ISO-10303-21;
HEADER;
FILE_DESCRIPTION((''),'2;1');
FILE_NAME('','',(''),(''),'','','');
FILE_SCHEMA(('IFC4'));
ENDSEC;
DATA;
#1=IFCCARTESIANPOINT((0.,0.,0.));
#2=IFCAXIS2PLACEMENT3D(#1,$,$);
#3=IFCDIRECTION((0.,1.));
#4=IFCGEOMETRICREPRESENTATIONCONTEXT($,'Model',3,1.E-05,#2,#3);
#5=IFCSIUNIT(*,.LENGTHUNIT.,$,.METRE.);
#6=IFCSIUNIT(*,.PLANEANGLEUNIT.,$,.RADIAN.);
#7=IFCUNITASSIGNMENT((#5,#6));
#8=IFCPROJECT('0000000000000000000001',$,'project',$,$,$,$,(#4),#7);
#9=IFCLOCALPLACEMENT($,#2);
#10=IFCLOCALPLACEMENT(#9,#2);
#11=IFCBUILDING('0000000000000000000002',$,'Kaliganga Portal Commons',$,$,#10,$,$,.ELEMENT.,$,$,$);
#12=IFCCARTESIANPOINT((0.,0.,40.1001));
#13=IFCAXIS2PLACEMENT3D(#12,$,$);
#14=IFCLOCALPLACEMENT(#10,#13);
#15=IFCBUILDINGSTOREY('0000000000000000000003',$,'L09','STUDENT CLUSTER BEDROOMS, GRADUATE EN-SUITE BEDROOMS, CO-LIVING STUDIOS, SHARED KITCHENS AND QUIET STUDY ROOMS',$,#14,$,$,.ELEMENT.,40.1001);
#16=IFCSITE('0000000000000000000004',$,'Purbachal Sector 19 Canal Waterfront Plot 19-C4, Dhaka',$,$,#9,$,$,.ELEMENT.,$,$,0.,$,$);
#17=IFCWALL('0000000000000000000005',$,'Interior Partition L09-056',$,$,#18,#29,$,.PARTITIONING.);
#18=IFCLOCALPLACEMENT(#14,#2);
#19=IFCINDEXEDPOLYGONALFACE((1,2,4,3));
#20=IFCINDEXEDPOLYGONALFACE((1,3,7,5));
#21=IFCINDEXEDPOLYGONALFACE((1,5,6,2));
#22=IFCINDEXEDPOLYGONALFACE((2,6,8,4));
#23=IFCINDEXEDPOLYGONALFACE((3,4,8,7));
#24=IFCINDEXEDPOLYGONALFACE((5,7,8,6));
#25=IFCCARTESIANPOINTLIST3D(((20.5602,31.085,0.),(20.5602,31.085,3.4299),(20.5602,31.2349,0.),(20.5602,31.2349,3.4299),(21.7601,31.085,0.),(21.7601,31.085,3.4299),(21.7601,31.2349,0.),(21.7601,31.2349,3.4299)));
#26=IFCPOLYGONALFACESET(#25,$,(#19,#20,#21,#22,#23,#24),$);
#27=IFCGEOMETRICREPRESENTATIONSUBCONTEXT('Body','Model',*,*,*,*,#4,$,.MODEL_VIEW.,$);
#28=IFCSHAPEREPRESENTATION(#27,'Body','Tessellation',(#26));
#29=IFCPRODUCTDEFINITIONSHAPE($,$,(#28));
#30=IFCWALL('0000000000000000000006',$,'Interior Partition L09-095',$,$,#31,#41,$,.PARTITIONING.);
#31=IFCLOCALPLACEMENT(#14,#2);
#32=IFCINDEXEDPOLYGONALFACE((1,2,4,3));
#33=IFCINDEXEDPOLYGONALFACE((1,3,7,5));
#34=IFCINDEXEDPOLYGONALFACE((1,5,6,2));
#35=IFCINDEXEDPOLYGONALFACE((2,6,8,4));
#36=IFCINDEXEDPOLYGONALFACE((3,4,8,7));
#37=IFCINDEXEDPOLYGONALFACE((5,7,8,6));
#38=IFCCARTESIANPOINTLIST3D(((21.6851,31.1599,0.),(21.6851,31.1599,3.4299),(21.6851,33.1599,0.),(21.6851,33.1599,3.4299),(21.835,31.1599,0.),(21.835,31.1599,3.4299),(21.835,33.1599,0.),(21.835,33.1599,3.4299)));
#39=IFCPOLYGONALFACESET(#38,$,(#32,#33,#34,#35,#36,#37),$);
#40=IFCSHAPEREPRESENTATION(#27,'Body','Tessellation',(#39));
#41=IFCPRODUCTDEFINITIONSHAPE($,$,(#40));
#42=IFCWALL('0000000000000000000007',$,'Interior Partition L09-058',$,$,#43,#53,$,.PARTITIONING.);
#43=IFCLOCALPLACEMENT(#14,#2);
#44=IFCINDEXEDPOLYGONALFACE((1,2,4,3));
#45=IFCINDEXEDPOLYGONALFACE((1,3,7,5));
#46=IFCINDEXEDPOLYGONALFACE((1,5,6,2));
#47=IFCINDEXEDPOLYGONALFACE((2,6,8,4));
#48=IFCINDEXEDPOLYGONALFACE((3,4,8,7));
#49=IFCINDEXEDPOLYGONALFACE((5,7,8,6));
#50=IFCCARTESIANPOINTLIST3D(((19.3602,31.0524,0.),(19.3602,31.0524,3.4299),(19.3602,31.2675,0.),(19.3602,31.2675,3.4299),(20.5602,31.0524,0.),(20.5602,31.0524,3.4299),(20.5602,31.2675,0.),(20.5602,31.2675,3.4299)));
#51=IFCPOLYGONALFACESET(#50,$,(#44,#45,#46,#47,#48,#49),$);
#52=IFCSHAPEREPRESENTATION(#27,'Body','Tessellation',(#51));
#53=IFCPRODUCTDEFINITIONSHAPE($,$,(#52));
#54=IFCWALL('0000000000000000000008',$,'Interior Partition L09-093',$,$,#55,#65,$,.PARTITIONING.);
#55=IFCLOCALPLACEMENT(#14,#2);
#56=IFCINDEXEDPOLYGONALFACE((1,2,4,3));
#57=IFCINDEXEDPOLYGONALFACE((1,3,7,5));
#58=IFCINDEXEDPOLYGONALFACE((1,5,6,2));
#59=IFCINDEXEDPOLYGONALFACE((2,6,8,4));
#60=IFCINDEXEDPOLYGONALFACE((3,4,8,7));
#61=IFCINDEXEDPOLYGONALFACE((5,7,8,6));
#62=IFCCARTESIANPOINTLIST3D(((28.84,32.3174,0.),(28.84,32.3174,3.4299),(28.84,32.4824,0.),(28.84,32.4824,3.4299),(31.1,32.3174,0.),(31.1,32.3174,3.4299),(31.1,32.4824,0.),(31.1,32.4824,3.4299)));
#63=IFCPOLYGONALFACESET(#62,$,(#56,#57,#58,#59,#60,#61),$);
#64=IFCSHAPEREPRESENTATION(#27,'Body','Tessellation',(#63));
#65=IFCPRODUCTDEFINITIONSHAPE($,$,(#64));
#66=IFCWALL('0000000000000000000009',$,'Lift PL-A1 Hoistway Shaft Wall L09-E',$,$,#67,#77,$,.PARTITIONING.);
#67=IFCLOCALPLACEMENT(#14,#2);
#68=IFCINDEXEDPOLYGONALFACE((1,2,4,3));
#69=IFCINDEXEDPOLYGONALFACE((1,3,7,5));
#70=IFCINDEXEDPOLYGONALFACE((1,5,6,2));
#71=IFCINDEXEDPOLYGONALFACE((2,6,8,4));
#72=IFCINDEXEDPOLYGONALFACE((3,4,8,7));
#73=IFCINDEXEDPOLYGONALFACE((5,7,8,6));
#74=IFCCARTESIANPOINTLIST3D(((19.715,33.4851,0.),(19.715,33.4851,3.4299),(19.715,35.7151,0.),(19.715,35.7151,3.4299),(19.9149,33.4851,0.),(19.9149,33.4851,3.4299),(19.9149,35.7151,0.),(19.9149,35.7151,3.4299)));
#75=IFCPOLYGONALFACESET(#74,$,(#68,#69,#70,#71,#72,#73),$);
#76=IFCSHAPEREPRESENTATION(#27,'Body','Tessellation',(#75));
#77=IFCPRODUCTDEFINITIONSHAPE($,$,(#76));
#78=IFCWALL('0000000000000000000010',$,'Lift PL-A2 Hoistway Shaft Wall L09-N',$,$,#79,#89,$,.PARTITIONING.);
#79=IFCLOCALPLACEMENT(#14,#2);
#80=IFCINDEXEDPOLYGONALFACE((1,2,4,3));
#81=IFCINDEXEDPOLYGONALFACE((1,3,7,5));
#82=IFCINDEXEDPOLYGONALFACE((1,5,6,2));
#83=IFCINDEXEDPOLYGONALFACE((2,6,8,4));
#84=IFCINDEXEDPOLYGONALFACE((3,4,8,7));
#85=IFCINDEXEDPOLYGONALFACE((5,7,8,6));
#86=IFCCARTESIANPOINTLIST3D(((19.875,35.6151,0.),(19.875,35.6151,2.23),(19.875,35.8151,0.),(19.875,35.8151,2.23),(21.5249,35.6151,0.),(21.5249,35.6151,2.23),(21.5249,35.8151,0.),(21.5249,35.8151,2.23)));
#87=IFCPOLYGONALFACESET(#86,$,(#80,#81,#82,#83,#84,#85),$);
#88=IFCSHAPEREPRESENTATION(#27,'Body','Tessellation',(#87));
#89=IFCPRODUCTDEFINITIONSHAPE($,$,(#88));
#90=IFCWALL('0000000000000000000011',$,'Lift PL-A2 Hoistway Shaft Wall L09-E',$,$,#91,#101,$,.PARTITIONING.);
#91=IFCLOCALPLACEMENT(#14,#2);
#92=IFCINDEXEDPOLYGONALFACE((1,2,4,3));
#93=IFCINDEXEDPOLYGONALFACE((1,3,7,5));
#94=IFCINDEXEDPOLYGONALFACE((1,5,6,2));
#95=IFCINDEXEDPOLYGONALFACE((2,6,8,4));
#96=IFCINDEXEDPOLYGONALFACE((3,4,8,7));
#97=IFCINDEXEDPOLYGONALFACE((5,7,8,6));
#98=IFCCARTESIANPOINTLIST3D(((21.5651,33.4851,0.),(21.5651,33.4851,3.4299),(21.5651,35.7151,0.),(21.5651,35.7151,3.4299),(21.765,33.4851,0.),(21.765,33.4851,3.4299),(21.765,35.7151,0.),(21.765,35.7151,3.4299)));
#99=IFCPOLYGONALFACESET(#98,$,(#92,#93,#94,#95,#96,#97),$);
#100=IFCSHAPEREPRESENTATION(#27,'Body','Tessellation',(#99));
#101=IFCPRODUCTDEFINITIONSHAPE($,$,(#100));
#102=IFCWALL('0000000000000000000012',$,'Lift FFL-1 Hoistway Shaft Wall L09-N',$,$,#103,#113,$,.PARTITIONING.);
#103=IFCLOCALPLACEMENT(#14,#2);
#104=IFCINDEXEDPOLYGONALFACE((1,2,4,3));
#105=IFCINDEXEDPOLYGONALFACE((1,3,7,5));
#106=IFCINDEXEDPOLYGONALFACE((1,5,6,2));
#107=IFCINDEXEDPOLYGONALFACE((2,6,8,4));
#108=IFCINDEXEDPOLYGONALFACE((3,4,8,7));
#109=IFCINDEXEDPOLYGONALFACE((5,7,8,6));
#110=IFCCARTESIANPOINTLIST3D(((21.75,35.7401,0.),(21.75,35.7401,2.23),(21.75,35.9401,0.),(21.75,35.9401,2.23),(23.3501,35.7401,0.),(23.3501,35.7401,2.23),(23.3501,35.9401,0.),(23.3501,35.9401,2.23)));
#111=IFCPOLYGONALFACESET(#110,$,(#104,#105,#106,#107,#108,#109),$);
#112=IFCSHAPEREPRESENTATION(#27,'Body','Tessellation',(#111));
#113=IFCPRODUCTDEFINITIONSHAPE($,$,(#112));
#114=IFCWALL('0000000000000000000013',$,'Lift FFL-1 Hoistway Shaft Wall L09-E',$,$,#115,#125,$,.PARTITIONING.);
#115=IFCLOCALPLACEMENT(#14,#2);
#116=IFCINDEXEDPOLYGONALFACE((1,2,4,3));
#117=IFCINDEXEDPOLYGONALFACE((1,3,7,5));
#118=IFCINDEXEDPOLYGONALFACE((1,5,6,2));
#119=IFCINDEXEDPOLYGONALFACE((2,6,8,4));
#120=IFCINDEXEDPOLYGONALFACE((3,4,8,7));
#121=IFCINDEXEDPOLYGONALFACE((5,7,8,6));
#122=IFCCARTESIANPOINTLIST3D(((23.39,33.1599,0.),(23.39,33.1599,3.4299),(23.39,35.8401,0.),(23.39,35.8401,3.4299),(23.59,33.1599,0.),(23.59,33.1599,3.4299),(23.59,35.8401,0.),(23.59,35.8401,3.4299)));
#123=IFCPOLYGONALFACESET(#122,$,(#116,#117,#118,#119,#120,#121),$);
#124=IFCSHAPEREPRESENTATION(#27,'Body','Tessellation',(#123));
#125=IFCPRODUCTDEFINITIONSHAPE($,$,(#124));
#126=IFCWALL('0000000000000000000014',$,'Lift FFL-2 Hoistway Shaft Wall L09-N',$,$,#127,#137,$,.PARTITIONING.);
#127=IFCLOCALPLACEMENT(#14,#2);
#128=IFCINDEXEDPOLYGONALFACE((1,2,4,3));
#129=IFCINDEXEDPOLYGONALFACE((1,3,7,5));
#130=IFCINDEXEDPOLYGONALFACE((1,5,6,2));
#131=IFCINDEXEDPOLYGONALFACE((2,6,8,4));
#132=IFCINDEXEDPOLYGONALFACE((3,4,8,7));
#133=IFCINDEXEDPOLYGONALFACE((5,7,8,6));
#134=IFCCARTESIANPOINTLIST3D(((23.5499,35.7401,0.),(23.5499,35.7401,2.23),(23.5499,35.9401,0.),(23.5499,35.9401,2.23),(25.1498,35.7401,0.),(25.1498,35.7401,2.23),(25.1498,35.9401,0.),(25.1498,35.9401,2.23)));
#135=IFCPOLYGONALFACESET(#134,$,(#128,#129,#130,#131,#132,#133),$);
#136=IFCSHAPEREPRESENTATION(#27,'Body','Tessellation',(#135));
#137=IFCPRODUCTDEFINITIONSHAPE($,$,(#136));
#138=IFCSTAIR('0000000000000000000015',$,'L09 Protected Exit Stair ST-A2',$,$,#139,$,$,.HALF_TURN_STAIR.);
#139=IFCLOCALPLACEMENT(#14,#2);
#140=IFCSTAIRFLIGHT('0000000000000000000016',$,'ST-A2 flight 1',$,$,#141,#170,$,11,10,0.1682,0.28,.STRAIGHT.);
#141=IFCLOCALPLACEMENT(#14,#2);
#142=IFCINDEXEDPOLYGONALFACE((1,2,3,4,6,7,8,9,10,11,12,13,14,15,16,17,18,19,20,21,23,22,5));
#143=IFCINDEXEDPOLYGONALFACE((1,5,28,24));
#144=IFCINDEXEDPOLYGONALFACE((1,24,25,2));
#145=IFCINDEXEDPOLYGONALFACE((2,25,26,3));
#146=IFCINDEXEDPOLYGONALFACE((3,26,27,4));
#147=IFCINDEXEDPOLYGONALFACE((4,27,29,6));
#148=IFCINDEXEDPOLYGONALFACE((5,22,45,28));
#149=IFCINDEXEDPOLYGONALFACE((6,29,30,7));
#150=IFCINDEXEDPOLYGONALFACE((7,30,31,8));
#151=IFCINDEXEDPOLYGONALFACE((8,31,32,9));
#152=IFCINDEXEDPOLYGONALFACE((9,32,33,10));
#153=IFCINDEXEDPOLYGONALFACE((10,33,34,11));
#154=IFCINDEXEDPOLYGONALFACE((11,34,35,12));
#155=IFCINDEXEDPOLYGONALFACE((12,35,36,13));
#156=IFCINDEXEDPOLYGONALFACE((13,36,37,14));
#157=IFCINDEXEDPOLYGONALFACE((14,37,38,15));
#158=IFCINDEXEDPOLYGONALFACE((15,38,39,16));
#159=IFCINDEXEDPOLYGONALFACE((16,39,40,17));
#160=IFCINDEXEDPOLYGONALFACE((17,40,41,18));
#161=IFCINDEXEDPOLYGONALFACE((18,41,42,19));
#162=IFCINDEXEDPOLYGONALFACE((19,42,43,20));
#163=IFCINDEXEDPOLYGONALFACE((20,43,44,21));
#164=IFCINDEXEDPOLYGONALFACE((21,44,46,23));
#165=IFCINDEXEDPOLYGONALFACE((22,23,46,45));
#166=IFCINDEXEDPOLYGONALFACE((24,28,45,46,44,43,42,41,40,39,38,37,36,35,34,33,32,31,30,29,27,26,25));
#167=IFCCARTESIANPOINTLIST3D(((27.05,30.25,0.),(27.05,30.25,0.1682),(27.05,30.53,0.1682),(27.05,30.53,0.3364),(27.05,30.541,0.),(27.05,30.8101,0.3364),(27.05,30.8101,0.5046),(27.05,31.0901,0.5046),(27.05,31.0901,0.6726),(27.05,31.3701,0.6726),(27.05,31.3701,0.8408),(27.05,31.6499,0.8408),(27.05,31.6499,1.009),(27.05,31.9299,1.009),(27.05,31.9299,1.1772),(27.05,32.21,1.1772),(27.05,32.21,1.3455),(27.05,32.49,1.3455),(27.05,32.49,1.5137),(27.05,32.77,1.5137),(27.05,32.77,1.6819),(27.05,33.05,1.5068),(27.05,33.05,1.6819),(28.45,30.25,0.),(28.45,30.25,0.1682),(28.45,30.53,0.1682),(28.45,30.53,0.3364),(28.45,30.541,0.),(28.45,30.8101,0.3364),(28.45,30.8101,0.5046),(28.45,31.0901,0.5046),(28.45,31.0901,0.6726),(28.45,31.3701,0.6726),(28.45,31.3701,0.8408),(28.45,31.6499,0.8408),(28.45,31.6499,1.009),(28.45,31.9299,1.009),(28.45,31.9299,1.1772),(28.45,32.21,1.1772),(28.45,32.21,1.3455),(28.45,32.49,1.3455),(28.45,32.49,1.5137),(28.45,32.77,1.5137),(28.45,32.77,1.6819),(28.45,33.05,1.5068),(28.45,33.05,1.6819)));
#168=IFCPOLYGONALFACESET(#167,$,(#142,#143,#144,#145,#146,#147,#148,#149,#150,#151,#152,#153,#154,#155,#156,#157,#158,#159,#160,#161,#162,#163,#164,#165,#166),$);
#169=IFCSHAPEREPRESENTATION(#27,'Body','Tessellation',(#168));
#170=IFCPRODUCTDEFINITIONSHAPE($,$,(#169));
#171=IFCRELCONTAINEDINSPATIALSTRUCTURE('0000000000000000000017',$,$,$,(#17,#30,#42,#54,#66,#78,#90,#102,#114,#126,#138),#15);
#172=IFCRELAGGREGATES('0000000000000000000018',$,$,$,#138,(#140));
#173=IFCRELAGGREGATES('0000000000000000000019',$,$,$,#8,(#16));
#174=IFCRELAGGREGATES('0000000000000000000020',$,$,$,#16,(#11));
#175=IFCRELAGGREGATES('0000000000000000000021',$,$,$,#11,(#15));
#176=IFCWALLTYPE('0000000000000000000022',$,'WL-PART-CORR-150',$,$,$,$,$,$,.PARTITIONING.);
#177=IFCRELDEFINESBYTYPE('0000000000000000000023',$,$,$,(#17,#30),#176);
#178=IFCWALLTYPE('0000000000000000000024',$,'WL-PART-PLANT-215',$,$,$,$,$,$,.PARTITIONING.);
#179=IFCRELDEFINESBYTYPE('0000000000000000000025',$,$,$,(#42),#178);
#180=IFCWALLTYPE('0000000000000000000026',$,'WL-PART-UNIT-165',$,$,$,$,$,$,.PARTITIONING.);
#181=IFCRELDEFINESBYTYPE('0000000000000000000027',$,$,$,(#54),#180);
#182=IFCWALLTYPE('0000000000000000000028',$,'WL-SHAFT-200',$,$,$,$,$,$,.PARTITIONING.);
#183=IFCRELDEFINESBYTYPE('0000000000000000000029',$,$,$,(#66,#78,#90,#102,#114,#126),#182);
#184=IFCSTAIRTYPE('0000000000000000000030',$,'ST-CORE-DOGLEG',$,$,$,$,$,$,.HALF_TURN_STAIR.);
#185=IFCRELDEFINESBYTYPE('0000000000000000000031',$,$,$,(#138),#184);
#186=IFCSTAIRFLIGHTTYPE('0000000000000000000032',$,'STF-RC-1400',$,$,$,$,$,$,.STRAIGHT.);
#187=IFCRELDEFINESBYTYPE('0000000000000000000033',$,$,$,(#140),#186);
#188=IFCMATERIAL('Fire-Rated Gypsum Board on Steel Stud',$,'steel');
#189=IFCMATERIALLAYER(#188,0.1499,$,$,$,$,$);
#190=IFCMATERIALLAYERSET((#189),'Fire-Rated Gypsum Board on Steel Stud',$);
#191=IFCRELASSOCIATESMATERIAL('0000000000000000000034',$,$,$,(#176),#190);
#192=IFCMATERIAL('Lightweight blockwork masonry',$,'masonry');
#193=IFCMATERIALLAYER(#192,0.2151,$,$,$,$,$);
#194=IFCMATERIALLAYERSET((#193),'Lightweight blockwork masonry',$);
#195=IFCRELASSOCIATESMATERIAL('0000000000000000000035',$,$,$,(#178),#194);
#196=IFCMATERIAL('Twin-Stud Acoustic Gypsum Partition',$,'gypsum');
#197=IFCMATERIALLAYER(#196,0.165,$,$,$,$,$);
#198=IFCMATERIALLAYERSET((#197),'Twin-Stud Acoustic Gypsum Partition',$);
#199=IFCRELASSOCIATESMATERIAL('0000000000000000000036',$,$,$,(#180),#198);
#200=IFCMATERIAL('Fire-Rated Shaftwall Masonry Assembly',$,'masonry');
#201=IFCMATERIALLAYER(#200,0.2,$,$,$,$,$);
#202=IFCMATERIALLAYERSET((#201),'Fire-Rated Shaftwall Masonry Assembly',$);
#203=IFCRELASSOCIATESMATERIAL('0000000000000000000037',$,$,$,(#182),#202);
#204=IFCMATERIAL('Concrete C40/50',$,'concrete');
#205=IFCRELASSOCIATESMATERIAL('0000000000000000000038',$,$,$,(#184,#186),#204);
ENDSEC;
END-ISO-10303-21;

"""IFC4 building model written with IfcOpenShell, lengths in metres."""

from ifc_helpers import new_model, si_unit, direction, frame, frame_2d, origin, place, context, subcontext, project, spatial, polyline, rectangle, outline, extrude, material, layer, layer_set, type_object, element, aggregate, save


model = new_model("IFC4")

# Units and contexts
model_context = context("Model", 3, precision=1e-05, world=origin(), true_north=direction((0.0, 1.0)))
body_context = subcontext(model_context, "Body", "Model", "MODEL_VIEW")
ifc_project = project(units=[si_unit("LENGTHUNIT", "METRE"), si_unit("PLANEANGLEUNIT", "RADIAN")], contexts=[model_context])

# Site, building, storey
site_placement = place(None, origin())
site = spatial("IfcSite", under=ifc_project, at=site_placement, Name="Purbachal Sector 19 Canal Waterfront Plot 19-C4, Dhaka", CompositionType="ELEMENT", RefElevation=0.0)
building_placement = place(site_placement, origin())
building = spatial("IfcBuilding", under=site, at=building_placement, Name="Kaliganga Portal Commons", CompositionType="ELEMENT")
storey_placement = place(building_placement, frame((0.0, 0.0, 40.1001)))
storey = spatial("IfcBuildingStorey", under=building, at=storey_placement, Name="L09", Description="STUDENT CLUSTER BEDROOMS, GRADUATE EN-SUITE BEDROOMS, CO-LIVING STUDIOS, SHARED KITCHENS AND QUIET STUDY ROOMS", CompositionType="ELEMENT", Elevation=40.1001)

# Walls
ifc_material_1 = material(Name="Fire-Rated Gypsum Board on Steel Stud", Category="steel")
ifc_layer_1 = layer(ifc_material_1, 0.1499)
ifc_layer_set_1 = layer_set([ifc_layer_1], Name="Fire-Rated Gypsum Board on Steel Stud")
wall_type_1 = type_object("IfcWallType", Name="WL-PART-CORR-150", PredefinedType="PARTITIONING", material=ifc_layer_set_1)
wall_1_placement = place(storey_placement, frame((20.5601, 31.1599, 0.0), z_axis=(0.0, 0.0, 1.0), x_axis=(1.0, 0.0, 0.0)))
element("IfcWall", 1, at=wall_1_placement, inside=storey, type_object=wall_type_1, Name="Interior Partition L09-056", PredefinedType="PARTITIONING", context=body_context, shape_type="SweptSolid", body=[
    extrude(rectangle(XDim=1.2, YDim=0.1499, at=frame_2d((0.6001, 0.0))), origin(), (0.0, 0.0, 1.0), 3.4299),
])
wall_2_placement = place(storey_placement, frame((21.76, 31.1599, 0.0), z_axis=(0.0, 0.0, 1.0), x_axis=(0.0, 1.0, 0.0)))
element("IfcWall", 2, at=wall_2_placement, inside=storey, type_object=wall_type_1, Name="Interior Partition L09-095", PredefinedType="PARTITIONING", context=body_context, shape_type="SweptSolid", body=[
    extrude(rectangle(XDim=2.0, YDim=0.1499, at=frame_2d((1.0, 0.0))), origin(), (0.0, 0.0, 1.0), 3.4299),
])
ifc_material_2 = material(Name="Lightweight blockwork masonry", Category="masonry")
ifc_layer_2 = layer(ifc_material_2, 0.2151)
ifc_layer_set_2 = layer_set([ifc_layer_2], Name="Lightweight blockwork masonry")
wall_type_2 = type_object("IfcWallType", Name="WL-PART-PLANT-215", PredefinedType="PARTITIONING", material=ifc_layer_set_2)
wall_3_placement = place(storey_placement, frame((19.3601, 31.1599, 0.0), z_axis=(0.0, 0.0, 1.0), x_axis=(1.0, 0.0, 0.0)))
element("IfcWall", 3, at=wall_3_placement, inside=storey, type_object=wall_type_2, Name="Interior Partition L09-058", PredefinedType="PARTITIONING", context=body_context, shape_type="SweptSolid", body=[
    extrude(rectangle(XDim=1.2, YDim=0.2151, at=frame_2d((0.6001, 0.0))), origin(), (0.0, 0.0, 1.0), 3.4299),
])
ifc_material_3 = material(Name="Twin-Stud Acoustic Gypsum Partition", Category="gypsum")
ifc_layer_3 = layer(ifc_material_3, 0.165)
ifc_layer_set_3 = layer_set([ifc_layer_3], Name="Twin-Stud Acoustic Gypsum Partition")
wall_type_3 = type_object("IfcWallType", Name="WL-PART-UNIT-165", PredefinedType="PARTITIONING", material=ifc_layer_set_3)
wall_4_placement = place(storey_placement, frame((28.8401, 32.3999, 0.0), z_axis=(0.0, 0.0, 1.0), x_axis=(1.0, 0.0, 0.0)))
element("IfcWall", 4, at=wall_4_placement, inside=storey, type_object=wall_type_3, Name="Interior Partition L09-093", PredefinedType="PARTITIONING", context=body_context, shape_type="SweptSolid", body=[
    extrude(rectangle(XDim=2.26, YDim=0.165, at=frame_2d((1.1299, 0.0))), origin(), (0.0, 0.0, 1.0), 3.4299),
])
ifc_material_4 = material(Name="Fire-Rated Shaftwall Masonry Assembly", Category="masonry")
ifc_layer_4 = layer(ifc_material_4, 0.2)
ifc_layer_set_4 = layer_set([ifc_layer_4], Name="Fire-Rated Shaftwall Masonry Assembly")
wall_type_4 = type_object("IfcWallType", Name="WL-SHAFT-200", PredefinedType="PARTITIONING", material=ifc_layer_set_4)
wall_5_placement = place(storey_placement, frame((19.8149, 33.4851, 0.0), z_axis=(0.0, 0.0, 1.0), x_axis=(0.0, 1.0, 0.0)))
element("IfcWall", 5, at=wall_5_placement, inside=storey, type_object=wall_type_4, Name="Lift PL-A1 Hoistway Shaft Wall L09-E", PredefinedType="PARTITIONING", context=body_context, shape_type="SweptSolid", body=[
    extrude(rectangle(XDim=2.23, YDim=0.2, at=frame_2d((1.115, 0.0))), origin(), (0.0, 0.0, 1.0), 3.4299),
])

# Walls
wall_6_placement = place(storey_placement, frame((19.875, 35.7151, 0.0), z_axis=(0.0, 0.0, 1.0), x_axis=(1.0, 0.0, 0.0)))
element("IfcWall", 6, at=wall_6_placement, inside=storey, type_object=wall_type_4, Name="Lift PL-A2 Hoistway Shaft Wall L09-N", PredefinedType="PARTITIONING", context=body_context, shape_type="SweptSolid", body=[
    extrude(rectangle(XDim=1.6499, YDim=0.2, at=frame_2d((0.825, 0.0))), origin(), (0.0, 0.0, 1.0), 2.23),
])
wall_7_placement = place(storey_placement, frame((21.665, 33.4851, 0.0), z_axis=(0.0, 0.0, 1.0), x_axis=(0.0, 1.0, 0.0)))
element("IfcWall", 7, at=wall_7_placement, inside=storey, type_object=wall_type_4, Name="Lift PL-A2 Hoistway Shaft Wall L09-E", PredefinedType="PARTITIONING", context=body_context, shape_type="SweptSolid", body=[
    extrude(rectangle(XDim=2.23, YDim=0.2, at=frame_2d((1.115, 0.0))), origin(), (0.0, 0.0, 1.0), 3.4299),
])

# Walls
wall_8_placement = place(storey_placement, frame((21.75, 35.8401, 0.0), z_axis=(0.0, 0.0, 1.0), x_axis=(1.0, 0.0, 0.0)))
element("IfcWall", 8, at=wall_8_placement, inside=storey, type_object=wall_type_4, Name="Lift FFL-1 Hoistway Shaft Wall L09-N", PredefinedType="PARTITIONING", context=body_context, shape_type="SweptSolid", body=[
    extrude(rectangle(XDim=1.6001, YDim=0.2, at=frame_2d((0.8, 0.0))), origin(), (0.0, 0.0, 1.0), 2.23),
])
wall_9_placement = place(storey_placement, frame((23.49, 33.1599, 0.0), z_axis=(0.0, 0.0, 1.0), x_axis=(0.0, 1.0, 0.0)))
element("IfcWall", 9, at=wall_9_placement, inside=storey, type_object=wall_type_4, Name="Lift FFL-1 Hoistway Shaft Wall L09-E", PredefinedType="PARTITIONING", context=body_context, shape_type="SweptSolid", body=[
    extrude(rectangle(XDim=2.6802, YDim=0.2, at=frame_2d((1.3401, 0.0))), origin(), (0.0, 0.0, 1.0), 3.4299),
])

# Wall
wall_10_placement = place(storey_placement, frame((23.55, 35.8401, 0.0), z_axis=(0.0, 0.0, 1.0), x_axis=(1.0, 0.0, 0.0)))
element("IfcWall", 10, at=wall_10_placement, inside=storey, type_object=wall_type_4, Name="Lift FFL-2 Hoistway Shaft Wall L09-N", PredefinedType="PARTITIONING", context=body_context, shape_type="SweptSolid", body=[
    extrude(rectangle(XDim=1.5999, YDim=0.2, at=frame_2d((0.7998, 0.0))), origin(), (0.0, 0.0, 1.0), 2.23),
])

# Stair, stair flight
ifc_material_5 = material(Name="Concrete C40/50", Category="concrete")
stair_type = type_object("IfcStairType", Name="ST-CORE-DOGLEG", PredefinedType="HALF_TURN_STAIR", material=ifc_material_5)
stair_placement = place(storey_placement, origin())
stair = element("IfcStair", 11, at=stair_placement, inside=storey, type_object=stair_type, Name="L09 Protected Exit Stair ST-A2", PredefinedType="HALF_TURN_STAIR")
stair_flight_type = type_object("IfcStairFlightType", Name="STF-RC-1400", PredefinedType="STRAIGHT", material=ifc_material_5)
stair_flight_1_placement = place(storey_placement, frame((27.75, 30.25, 0.0), z_axis=(0.0, 0.0, 1.0), x_axis=(0.0, 1.0, 0.0)))
stair_flight_1 = element("IfcStairFlight", 12, at=stair_flight_1_placement, type_object=stair_flight_type, Name="ST-A2 flight 1", NumberOfRisers=11, NumberOfTreads=10, PredefinedType="STRAIGHT", RiserHeight=0.1682, TreadLength=0.28, context=body_context, shape_type="SweptSolid", body=[
    extrude(outline(polyline([(0.0, 0.0), (0.0, 0.1682), (0.28, 0.1682), (0.28, 0.3364), (0.5601, 0.3364), (0.5601, 0.5046), (0.8401, 0.5046), (0.8401, 0.6726), (1.1201, 0.6726), (1.1201, 0.8408), (1.3999, 0.8408), (1.3999, 1.009), (1.6799, 1.009), (1.6799, 1.1772), (1.96, 1.1772), (1.96, 1.3455), (2.24, 1.3455), (2.24, 1.5137), (2.52, 1.5137), (2.52, 1.6819), (2.8, 1.6819), (2.8, 1.8501), (2.8, 1.5068), (0.291, 0.0), (0.0, 0.0)])), frame((0.0, 0.7, 0.0), z_axis=(0.0, -1.0, 0.0), x_axis=(1.0, 0.0, 0.0)), (0.0, 0.0, 1.0), 1.3999),
])
aggregate(stair, [stair_flight_1])

save(model, "model.ifc")
